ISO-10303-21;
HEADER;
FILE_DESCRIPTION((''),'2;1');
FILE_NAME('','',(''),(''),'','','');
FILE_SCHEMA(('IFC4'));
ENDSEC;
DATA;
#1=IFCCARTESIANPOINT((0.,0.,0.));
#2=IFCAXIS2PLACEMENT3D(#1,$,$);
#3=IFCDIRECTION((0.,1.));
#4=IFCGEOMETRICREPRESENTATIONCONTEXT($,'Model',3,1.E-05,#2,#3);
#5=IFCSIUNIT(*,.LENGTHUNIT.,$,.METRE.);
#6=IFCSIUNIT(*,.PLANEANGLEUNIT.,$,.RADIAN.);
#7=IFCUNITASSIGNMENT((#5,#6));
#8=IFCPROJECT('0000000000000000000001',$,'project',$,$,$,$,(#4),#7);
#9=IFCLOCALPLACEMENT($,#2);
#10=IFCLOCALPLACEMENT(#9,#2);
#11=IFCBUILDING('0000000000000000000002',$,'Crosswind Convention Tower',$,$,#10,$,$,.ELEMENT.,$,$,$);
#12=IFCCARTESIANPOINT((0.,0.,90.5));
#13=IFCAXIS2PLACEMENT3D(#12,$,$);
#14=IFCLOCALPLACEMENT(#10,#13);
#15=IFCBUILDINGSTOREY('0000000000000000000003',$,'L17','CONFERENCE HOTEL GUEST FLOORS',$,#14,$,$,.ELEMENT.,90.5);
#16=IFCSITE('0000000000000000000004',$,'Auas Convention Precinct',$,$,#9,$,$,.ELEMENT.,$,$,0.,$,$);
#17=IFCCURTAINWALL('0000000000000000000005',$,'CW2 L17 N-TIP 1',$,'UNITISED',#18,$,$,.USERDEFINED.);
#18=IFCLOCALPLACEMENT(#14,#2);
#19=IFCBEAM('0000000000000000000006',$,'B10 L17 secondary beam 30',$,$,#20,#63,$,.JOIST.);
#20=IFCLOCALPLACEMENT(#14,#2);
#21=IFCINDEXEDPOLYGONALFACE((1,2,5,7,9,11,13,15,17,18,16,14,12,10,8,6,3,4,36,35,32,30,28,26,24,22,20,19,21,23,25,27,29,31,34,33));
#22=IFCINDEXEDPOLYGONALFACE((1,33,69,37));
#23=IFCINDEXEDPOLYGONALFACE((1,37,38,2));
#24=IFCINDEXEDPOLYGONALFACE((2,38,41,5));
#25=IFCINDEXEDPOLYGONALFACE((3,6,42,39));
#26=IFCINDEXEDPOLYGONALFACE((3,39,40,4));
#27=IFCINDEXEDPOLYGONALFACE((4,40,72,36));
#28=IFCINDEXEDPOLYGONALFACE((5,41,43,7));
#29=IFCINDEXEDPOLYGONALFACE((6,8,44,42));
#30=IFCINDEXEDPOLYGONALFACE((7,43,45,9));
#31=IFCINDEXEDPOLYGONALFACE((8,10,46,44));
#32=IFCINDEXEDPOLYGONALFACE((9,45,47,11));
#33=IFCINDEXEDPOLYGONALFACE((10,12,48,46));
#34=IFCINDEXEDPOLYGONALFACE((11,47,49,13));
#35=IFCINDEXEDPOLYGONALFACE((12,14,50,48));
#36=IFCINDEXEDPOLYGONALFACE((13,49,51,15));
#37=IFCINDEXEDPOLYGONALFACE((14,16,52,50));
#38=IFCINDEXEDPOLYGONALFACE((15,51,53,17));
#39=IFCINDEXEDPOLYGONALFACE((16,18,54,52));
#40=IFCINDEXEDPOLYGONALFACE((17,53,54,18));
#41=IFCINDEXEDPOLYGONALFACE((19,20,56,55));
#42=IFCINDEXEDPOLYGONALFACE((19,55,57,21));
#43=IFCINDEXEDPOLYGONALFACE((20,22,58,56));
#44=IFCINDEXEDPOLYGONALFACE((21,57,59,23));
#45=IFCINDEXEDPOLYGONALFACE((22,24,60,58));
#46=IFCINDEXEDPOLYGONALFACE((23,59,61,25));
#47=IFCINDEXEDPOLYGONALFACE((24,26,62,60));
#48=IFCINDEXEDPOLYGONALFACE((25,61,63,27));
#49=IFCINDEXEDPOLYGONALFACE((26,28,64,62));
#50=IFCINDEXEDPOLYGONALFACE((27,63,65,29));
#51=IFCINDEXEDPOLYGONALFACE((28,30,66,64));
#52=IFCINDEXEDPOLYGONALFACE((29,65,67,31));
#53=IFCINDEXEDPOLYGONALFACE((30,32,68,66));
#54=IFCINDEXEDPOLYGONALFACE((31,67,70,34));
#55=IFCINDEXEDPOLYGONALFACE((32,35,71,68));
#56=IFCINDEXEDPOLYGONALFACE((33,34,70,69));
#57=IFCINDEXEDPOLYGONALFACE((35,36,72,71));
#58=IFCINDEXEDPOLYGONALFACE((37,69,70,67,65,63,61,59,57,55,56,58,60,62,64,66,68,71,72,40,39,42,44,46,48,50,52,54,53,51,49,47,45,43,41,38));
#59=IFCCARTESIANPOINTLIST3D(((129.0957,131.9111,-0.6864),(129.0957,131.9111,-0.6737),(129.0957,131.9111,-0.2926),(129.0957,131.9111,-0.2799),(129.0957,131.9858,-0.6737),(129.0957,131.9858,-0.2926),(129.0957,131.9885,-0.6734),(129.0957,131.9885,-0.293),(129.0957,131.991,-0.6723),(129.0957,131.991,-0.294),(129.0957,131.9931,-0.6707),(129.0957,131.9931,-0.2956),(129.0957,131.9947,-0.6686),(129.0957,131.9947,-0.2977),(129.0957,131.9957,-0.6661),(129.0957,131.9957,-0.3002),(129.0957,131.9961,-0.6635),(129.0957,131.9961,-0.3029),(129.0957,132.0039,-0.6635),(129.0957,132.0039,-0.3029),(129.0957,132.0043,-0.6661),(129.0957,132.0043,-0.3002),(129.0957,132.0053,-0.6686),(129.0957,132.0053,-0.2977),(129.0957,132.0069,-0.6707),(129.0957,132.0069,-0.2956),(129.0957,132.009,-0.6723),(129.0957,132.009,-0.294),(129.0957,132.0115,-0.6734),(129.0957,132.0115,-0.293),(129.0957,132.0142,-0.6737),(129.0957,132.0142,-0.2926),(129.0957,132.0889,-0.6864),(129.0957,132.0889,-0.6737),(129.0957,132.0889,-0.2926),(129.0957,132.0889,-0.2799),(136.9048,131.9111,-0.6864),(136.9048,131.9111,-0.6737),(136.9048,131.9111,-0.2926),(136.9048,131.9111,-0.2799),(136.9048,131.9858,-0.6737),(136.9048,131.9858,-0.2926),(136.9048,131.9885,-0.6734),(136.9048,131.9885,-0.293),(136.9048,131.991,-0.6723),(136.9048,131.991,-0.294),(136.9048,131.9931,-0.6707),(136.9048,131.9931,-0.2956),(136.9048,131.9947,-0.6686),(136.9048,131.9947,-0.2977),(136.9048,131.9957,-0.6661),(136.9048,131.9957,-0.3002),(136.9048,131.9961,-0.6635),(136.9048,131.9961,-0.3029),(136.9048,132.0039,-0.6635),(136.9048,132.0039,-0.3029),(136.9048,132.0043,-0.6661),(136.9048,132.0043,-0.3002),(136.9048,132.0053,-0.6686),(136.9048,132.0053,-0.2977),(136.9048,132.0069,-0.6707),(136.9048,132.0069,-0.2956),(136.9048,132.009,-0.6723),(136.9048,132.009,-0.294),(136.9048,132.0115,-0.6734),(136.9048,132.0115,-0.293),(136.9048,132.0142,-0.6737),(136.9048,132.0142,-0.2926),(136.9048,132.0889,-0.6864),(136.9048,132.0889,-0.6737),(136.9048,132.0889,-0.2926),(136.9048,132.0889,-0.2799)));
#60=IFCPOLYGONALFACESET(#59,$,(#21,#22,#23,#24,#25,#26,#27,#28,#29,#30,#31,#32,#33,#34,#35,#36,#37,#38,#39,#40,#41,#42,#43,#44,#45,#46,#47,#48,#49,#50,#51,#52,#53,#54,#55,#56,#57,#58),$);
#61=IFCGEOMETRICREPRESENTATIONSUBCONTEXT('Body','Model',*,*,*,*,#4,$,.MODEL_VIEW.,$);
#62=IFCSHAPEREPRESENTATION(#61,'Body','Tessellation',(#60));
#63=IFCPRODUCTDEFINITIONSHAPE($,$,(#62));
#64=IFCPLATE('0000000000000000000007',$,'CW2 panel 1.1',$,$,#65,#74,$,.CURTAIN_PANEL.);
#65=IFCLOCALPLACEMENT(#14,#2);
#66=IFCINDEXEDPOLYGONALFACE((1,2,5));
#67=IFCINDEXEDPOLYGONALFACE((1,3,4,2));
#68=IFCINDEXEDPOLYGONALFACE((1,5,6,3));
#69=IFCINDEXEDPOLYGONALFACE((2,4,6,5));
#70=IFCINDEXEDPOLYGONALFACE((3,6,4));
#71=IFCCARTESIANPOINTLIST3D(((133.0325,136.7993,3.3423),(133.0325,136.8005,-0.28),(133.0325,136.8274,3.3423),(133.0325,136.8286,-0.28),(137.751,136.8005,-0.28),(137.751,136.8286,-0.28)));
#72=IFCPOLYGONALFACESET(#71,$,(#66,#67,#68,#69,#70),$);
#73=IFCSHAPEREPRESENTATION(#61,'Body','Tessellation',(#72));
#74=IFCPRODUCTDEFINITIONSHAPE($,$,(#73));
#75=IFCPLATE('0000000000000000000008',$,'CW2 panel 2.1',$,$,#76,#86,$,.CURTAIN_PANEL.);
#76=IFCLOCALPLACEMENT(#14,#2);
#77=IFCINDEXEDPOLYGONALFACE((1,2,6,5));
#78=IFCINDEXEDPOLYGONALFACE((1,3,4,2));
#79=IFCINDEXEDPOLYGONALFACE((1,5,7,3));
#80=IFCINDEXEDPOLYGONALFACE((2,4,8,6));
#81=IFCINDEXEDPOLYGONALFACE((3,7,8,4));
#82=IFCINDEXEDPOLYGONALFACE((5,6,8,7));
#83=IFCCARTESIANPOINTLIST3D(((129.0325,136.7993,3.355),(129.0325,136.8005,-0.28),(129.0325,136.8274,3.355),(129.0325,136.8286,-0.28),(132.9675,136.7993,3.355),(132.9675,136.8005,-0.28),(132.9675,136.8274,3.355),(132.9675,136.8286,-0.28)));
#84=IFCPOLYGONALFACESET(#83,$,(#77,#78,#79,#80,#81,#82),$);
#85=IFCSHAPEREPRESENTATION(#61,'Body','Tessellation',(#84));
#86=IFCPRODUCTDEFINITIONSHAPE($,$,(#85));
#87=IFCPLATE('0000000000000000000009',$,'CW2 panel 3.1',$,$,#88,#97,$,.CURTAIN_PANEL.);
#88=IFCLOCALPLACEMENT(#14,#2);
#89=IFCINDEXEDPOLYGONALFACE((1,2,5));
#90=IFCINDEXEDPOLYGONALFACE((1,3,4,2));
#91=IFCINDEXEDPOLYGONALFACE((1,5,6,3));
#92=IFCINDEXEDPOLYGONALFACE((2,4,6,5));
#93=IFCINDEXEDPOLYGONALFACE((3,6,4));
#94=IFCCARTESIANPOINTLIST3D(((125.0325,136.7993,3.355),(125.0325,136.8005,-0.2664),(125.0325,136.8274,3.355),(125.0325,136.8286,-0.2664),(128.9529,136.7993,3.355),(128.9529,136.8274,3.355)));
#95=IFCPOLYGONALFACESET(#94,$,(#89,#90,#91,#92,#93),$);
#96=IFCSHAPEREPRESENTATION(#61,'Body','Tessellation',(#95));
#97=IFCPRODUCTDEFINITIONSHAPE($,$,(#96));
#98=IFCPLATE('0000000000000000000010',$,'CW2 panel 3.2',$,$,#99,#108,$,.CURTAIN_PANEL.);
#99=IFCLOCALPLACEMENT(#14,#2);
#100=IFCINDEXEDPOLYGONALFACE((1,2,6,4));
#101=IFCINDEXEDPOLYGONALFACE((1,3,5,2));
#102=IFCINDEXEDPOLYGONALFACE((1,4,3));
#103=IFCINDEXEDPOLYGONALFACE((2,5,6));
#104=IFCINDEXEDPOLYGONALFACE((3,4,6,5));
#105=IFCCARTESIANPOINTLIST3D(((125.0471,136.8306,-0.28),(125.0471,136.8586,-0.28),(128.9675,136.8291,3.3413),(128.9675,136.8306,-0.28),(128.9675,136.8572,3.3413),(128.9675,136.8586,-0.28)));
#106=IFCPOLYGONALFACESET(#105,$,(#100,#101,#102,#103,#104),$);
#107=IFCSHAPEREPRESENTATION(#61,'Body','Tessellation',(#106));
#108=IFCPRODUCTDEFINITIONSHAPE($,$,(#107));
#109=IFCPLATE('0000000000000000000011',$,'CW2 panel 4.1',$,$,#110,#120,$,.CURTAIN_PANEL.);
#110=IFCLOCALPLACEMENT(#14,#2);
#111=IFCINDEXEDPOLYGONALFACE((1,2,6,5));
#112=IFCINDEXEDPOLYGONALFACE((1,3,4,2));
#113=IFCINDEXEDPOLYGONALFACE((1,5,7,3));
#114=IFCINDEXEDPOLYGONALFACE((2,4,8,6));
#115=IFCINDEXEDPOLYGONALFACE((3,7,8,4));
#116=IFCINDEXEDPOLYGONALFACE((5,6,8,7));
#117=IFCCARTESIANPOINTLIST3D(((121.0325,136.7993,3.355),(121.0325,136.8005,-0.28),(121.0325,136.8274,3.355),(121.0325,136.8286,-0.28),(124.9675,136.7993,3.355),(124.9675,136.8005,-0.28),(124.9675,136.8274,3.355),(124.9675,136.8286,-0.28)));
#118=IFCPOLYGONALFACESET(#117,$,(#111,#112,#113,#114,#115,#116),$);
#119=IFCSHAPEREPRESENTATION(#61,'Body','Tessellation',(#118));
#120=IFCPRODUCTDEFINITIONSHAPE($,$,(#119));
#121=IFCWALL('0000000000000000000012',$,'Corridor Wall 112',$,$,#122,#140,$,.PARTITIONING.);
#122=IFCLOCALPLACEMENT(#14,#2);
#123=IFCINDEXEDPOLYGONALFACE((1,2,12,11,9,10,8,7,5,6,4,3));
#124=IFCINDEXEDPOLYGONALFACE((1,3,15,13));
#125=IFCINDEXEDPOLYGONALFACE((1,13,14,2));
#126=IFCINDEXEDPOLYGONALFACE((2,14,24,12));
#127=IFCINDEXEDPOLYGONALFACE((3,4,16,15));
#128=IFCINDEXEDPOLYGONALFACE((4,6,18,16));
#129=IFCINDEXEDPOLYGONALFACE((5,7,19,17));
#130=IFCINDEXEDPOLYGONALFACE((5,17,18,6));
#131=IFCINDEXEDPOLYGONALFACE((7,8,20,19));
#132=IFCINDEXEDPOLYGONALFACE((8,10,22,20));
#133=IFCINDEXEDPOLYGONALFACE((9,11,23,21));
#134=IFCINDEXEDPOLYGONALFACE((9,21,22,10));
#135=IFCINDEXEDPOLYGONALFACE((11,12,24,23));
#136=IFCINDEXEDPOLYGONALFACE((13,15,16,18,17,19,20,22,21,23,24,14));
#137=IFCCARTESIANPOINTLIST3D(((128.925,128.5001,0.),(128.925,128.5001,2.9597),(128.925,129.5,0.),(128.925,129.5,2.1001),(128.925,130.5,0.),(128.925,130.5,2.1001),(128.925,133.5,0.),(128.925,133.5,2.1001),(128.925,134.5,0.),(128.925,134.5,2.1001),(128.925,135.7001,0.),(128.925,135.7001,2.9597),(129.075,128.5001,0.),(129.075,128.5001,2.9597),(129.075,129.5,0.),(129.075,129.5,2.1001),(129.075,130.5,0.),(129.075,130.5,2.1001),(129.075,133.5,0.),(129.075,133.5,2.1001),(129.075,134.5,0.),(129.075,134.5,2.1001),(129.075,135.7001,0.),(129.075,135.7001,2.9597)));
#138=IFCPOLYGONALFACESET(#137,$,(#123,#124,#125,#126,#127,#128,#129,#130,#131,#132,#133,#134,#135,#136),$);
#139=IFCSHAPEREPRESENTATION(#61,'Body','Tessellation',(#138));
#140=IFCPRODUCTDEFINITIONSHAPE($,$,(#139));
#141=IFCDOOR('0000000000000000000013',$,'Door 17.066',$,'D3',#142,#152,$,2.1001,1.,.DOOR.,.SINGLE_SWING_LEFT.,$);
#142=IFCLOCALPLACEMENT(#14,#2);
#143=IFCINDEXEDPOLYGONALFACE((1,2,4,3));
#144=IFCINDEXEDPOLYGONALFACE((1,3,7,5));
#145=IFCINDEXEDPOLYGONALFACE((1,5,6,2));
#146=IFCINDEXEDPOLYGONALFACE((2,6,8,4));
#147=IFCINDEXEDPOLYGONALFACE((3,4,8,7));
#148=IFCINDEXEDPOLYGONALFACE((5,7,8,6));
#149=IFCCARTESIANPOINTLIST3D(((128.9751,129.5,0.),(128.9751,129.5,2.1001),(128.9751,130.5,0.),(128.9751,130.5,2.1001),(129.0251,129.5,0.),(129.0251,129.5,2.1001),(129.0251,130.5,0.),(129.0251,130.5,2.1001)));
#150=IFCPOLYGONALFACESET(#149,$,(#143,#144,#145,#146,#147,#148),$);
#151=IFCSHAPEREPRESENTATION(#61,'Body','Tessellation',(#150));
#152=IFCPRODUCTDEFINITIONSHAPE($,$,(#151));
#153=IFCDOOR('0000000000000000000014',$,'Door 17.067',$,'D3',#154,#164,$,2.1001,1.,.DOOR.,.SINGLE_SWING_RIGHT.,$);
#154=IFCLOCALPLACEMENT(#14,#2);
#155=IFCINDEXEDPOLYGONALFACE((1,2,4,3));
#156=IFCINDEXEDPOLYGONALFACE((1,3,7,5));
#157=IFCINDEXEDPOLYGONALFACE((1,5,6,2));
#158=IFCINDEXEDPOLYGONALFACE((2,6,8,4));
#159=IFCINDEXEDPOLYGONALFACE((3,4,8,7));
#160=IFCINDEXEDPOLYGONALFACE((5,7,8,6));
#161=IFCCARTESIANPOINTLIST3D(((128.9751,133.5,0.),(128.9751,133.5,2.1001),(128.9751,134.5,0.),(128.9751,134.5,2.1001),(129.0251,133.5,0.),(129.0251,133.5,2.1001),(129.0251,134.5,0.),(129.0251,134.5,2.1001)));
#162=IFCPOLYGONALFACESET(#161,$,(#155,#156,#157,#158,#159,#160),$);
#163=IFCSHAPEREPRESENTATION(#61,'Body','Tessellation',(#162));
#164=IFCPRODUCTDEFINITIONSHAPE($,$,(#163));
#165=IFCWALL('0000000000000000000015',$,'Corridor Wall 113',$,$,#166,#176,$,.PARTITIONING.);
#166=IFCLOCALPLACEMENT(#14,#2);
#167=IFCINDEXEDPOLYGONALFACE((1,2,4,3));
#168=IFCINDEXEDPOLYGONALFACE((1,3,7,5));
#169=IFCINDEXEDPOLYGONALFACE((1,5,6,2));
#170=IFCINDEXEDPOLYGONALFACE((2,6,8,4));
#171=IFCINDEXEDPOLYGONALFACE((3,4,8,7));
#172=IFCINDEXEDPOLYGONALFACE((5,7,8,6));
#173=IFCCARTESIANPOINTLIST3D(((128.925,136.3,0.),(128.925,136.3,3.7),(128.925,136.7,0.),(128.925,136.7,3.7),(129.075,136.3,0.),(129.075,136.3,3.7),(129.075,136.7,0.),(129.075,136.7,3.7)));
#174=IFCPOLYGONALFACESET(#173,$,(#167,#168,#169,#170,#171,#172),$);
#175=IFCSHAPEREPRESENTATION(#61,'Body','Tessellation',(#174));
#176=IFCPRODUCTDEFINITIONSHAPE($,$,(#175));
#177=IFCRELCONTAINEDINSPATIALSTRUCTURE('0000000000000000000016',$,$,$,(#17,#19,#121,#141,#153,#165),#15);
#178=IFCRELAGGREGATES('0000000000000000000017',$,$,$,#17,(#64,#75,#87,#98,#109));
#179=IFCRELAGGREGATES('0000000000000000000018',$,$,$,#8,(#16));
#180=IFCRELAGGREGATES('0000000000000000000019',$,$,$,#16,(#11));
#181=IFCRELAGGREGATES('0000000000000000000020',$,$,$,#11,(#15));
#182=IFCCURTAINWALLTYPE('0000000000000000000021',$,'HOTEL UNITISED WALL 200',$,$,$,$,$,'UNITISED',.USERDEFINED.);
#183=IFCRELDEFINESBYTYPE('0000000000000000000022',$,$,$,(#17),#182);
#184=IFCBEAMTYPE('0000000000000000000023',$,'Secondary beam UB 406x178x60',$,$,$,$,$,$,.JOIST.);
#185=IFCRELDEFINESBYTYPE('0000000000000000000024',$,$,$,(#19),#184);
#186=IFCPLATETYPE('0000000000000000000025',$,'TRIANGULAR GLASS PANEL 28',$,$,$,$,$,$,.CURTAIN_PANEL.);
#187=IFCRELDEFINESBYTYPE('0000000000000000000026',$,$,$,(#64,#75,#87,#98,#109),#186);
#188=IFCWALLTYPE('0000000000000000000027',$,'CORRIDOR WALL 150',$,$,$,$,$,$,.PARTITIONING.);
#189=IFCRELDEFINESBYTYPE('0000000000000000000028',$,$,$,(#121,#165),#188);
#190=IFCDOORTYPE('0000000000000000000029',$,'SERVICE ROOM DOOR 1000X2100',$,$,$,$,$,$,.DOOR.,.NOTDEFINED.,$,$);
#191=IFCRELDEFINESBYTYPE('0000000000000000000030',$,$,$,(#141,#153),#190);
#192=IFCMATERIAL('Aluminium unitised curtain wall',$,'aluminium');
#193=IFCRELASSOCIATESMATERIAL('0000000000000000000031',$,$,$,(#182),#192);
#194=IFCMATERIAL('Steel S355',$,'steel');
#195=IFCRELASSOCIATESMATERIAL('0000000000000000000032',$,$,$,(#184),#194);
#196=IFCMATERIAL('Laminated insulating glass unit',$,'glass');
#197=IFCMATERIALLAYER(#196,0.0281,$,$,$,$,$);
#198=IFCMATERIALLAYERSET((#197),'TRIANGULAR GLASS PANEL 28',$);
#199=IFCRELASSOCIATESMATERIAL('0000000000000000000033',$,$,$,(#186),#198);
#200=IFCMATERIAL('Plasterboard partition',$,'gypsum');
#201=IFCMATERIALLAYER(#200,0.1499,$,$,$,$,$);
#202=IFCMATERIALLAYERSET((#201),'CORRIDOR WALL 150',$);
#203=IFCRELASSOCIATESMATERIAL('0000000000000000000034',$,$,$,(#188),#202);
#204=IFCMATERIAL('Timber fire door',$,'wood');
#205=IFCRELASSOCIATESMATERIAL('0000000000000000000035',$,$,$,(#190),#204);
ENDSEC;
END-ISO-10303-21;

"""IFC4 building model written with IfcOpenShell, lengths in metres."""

from ifc_helpers import new_model, si_unit, direction, frame, frame_2d, origin, origin_2d, place, context, subcontext, project, spatial, polyline, rectangle, i_section, outline, extrude, material, layer, layer_set, material_profile, profile_set, type_object, element, fill, aggregate, save


model = new_model("IFC4")

# Units and contexts
model_context = context("Model", 3, precision=1e-05, world=origin(), true_north=direction((0.0, 1.0)))
body_context = subcontext(model_context, "Body", "Model", "MODEL_VIEW")
ifc_project = project(units=[si_unit("LENGTHUNIT", "METRE"), si_unit("PLANEANGLEUNIT", "RADIAN")], contexts=[model_context])

# Site, building, storey
site_placement = place(None, origin())
site = spatial("IfcSite", under=ifc_project, at=site_placement, Name="Auas Convention Precinct", CompositionType="ELEMENT", RefElevation=0.0)
building_placement = place(site_placement, origin())
building = spatial("IfcBuilding", under=site, at=building_placement, Name="Crosswind Convention Tower", CompositionType="ELEMENT")
storey_placement = place(building_placement, frame((0.0, 0.0, 90.5)))
storey = spatial("IfcBuildingStorey", under=building, at=storey_placement, Name="L17", Description="CONFERENCE HOTEL GUEST FLOORS", CompositionType="ELEMENT", Elevation=90.5)

# Shared definitions
ifc_material_1 = material(Name="Steel S355", Category="steel")

# Curtain wall
ifc_material_2 = material(Name="Aluminium unitised curtain wall", Category="aluminium")
curtain_wall_type = type_object("IfcCurtainWallType", Name="HOTEL UNITISED WALL 200", ElementType="UNITISED", PredefinedType="USERDEFINED", material=ifc_material_2)
curtain_wall_placement = place(storey_placement, origin())
curtain_wall = element("IfcCurtainWall", 1, at=curtain_wall_placement, inside=storey, type_object=curtain_wall_type, Name="CW2 L17 N-TIP 1", ObjectType="UNITISED", PredefinedType="USERDEFINED")

# Beam
ifc_material_profile_1 = material_profile(ifc_material_1, i_section(OverallWidth=0.1777, OverallDepth=0.4065, WebThickness=0.0078, FlangeThickness=0.0127, FilletRadius=0.0103, at=origin_2d()), Name="UB 406x178x60")
ifc_profile_set_1 = profile_set([ifc_material_profile_1], Name="Steel S355")
beam_type_1 = type_object("IfcBeamType", Name="Secondary beam UB 406x178x60", PredefinedType="JOIST", material=ifc_profile_set_1)
beam_1_placement = place(storey_placement, frame((129.0957, 132.0, -0.4832), z_axis=(1.0, 0.0, 0.0), x_axis=(0.0, 1.0, 0.0)))
element("IfcBeam", 2, at=beam_1_placement, inside=storey, type_object=beam_type_1, Name="B10 L17 secondary beam 30", PredefinedType="JOIST", context=body_context, shape_type="SweptSolid", body=[
    extrude(i_section(OverallWidth=0.1777, OverallDepth=0.4065, WebThickness=0.0078, FlangeThickness=0.0127, FilletRadius=0.0103, at=origin_2d()), origin(), (0.0, 0.0, 1.0), 7.8091),
])

# Plates
ifc_material_3 = material(Name="Laminated insulating glass unit", Category="glass")
ifc_layer_1 = layer(ifc_material_3, 0.0281)
ifc_layer_set_1 = layer_set([ifc_layer_1], Name="TRIANGULAR GLASS PANEL 28")
plate_type = type_object("IfcPlateType", Name="TRIANGULAR GLASS PANEL 28", PredefinedType="CURTAIN_PANEL", material=ifc_layer_set_1)
plate_1_placement = place(storey_placement, frame((133.0325, 136.8286, -0.28), z_axis=(0.0, 1.0, 0.000337), x_axis=(0.0, -0.000337, 1.0)))
plate_1 = element("IfcPlate", 3, at=plate_1_placement, type_object=plate_type, Name="CW2 panel 1.1", PredefinedType="CURTAIN_PANEL", context=body_context, shape_type="SweptSolid", body=[
    extrude(outline(polyline([(0.0, 0.0), (3.6223, 0.0), (0.0, 4.7185), (0.0, 0.0)])), origin(), (0.0, 0.0, -1.0), 0.0281),
])
plate_2_placement = place(storey_placement, frame((132.9675, 136.8286, -0.28), z_axis=(0.0, 1.0, 0.000336), x_axis=(-1.0, 0.0, 0.0)))
plate_2 = element("IfcPlate", 4, at=plate_2_placement, type_object=plate_type, Name="CW2 panel 2.1", PredefinedType="CURTAIN_PANEL", context=body_context, shape_type="SweptSolid", body=[
    extrude(outline(polyline([(0.0, 0.0), (3.9351, 0.0), (3.9351, 3.635), (0.0, 3.635), (0.0, 0.0)])), origin(), (0.0, 0.0, -1.0), 0.0281),
])
plate_3_placement = place(storey_placement, frame((125.0325, 136.8274, 3.355), z_axis=(0.0, 1.0, 0.000337), x_axis=(1.0, 0.0, 0.0)))
plate_3 = element("IfcPlate", 5, at=plate_3_placement, type_object=plate_type, Name="CW2 panel 3.1", PredefinedType="CURTAIN_PANEL", context=body_context, shape_type="SweptSolid", body=[
    extrude(outline(polyline([(0.0, 0.0), (3.9204, 0.0), (0.0, 3.6213), (0.0, 0.0)])), origin(), (0.0, 0.0, -1.0), 0.0281),
])
plate_4_placement = place(storey_placement, frame((128.9675, 136.8586, -0.28), z_axis=(0.0, 1.0, 0.000405), x_axis=(-1.0, 0.0, 0.0)))
plate_4 = element("IfcPlate", 6, at=plate_4_placement, type_object=plate_type, Name="CW2 panel 3.2", PredefinedType="CURTAIN_PANEL", context=body_context, shape_type="SweptSolid", body=[
    extrude(outline(polyline([(0.0, 0.0), (3.9204, 0.0), (0.0, 3.6213), (0.0, 0.0)])), origin(), (0.0, 0.0, -1.0), 0.0281),
])
plate_5_placement = place(storey_placement, frame((124.9675, 136.8286, -0.28), z_axis=(0.0, 1.0, 0.000336), x_axis=(-1.0, 0.0, 0.0)))
plate_5 = element("IfcPlate", 7, at=plate_5_placement, type_object=plate_type, Name="CW2 panel 4.1", PredefinedType="CURTAIN_PANEL", context=body_context, shape_type="SweptSolid", body=[
    extrude(outline(polyline([(0.0, 0.0), (3.9351, 0.0), (3.9351, 3.635), (0.0, 3.635), (0.0, 0.0)])), origin(), (0.0, 0.0, -1.0), 0.0281),
])
aggregate(curtain_wall, [plate_1, plate_2, plate_3, plate_4, plate_5])

# Wall, openings, doors
ifc_material_4 = material(Name="Plasterboard partition", Category="gypsum")
ifc_layer_2 = layer(ifc_material_4, 0.1499)
ifc_layer_set_2 = layer_set([ifc_layer_2], Name="CORRIDOR WALL 150")
wall_type_1 = type_object("IfcWallType", Name="CORRIDOR WALL 150", PredefinedType="PARTITIONING", material=ifc_layer_set_2)
wall_1_placement = place(storey_placement, frame((129.0, 128.5, 0.0), z_axis=(0.0, 0.0, 1.0), x_axis=(0.0, 1.0, 0.0)))
wall_1 = element("IfcWall", 8, at=wall_1_placement, inside=storey, type_object=wall_type_1, Name="Corridor Wall 112", PredefinedType="PARTITIONING", context=body_context, shape_type="SweptSolid", body=[
    extrude(rectangle(XDim=7.2, YDim=0.1499, at=frame_2d((3.6001, 0.0))), origin(), (0.0, 0.0, 1.0), 2.9597),
])
opening_1_placement = place(wall_1_placement, frame((1.0, 0.0, 0.0)))
opening_1 = element("IfcOpeningElement", 9, at=opening_1_placement, cuts=wall_1, PredefinedType="OPENING", context=body_context, shape_type="SweptSolid", body=[
    extrude(rectangle(XDim=1.0, YDim=2.1001, at=frame_2d((0.5, 1.05))), frame((0.0, 0.085, 0.0), z_axis=(0.0, -1.0, 0.0), x_axis=(1.0, 0.0, 0.0)), (0.0, 0.0, 1.0), 0.1699),
])
opening_2_placement = place(wall_1_placement, frame((5.0, 0.0, 0.0)))
opening_2 = element("IfcOpeningElement", 10, at=opening_2_placement, cuts=wall_1, PredefinedType="OPENING", context=body_context, shape_type="SweptSolid", body=[
    extrude(rectangle(XDim=1.0, YDim=2.1001, at=frame_2d((0.5, 1.05))), frame((0.0, 0.085, 0.0), z_axis=(0.0, -1.0, 0.0), x_axis=(1.0, 0.0, 0.0)), (0.0, 0.0, 1.0), 0.1699),
])
ifc_material_5 = material(Name="Timber fire door", Category="wood")
door_type = type_object("IfcDoorType", Name="SERVICE ROOM DOOR 1000X2100", OperationType="NOTDEFINED", PredefinedType="DOOR", material=ifc_material_5)
door_1_placement = place(opening_1_placement, origin())
door_1 = element("IfcDoor", 11, at=door_1_placement, inside=storey, type_object=door_type, Name="Door 17.066", ObjectType="D3", OperationType="SINGLE_SWING_LEFT", OverallHeight=2.1001, OverallWidth=1.0, PredefinedType="DOOR", context=body_context, shape_type="SweptSolid", body=[
    extrude(rectangle(XDim=1.0, YDim=2.1001, at=frame_2d((0.5, 1.05))), frame((0.0, 0.0249, 0.0), z_axis=(0.0, -1.0, 0.0), x_axis=(1.0, 0.0, 0.0)), (0.0, 0.0, 1.0), 0.05),
])
fill(opening_1, door_1)
door_2_placement = place(opening_2_placement, origin())
door_2 = element("IfcDoor", 12, at=door_2_placement, inside=storey, type_object=door_type, Name="Door 17.067", ObjectType="D3", OperationType="SINGLE_SWING_RIGHT", OverallHeight=2.1001, OverallWidth=1.0, PredefinedType="DOOR", context=body_context, shape_type="SweptSolid", body=[
    extrude(rectangle(XDim=1.0, YDim=2.1001, at=frame_2d((0.5, 1.05))), frame((0.0, 0.0249, 0.0), z_axis=(0.0, -1.0, 0.0), x_axis=(1.0, 0.0, 0.0)), (0.0, 0.0, 1.0), 0.05),
])
fill(opening_2, door_2)

# Wall
wall_2_placement = place(storey_placement, frame((129.0, 136.3, 0.0), z_axis=(0.0, 0.0, 1.0), x_axis=(0.0, 1.0, 0.0)))
element("IfcWall", 13, at=wall_2_placement, inside=storey, type_object=wall_type_1, Name="Corridor Wall 113", PredefinedType="PARTITIONING", context=body_context, shape_type="SweptSolid", body=[
    extrude(rectangle(XDim=0.3999, YDim=0.1499, at=frame_2d((0.2, 0.0))), origin(), (0.0, 0.0, 1.0), 3.7),
])

save(model, "model.ifc")
